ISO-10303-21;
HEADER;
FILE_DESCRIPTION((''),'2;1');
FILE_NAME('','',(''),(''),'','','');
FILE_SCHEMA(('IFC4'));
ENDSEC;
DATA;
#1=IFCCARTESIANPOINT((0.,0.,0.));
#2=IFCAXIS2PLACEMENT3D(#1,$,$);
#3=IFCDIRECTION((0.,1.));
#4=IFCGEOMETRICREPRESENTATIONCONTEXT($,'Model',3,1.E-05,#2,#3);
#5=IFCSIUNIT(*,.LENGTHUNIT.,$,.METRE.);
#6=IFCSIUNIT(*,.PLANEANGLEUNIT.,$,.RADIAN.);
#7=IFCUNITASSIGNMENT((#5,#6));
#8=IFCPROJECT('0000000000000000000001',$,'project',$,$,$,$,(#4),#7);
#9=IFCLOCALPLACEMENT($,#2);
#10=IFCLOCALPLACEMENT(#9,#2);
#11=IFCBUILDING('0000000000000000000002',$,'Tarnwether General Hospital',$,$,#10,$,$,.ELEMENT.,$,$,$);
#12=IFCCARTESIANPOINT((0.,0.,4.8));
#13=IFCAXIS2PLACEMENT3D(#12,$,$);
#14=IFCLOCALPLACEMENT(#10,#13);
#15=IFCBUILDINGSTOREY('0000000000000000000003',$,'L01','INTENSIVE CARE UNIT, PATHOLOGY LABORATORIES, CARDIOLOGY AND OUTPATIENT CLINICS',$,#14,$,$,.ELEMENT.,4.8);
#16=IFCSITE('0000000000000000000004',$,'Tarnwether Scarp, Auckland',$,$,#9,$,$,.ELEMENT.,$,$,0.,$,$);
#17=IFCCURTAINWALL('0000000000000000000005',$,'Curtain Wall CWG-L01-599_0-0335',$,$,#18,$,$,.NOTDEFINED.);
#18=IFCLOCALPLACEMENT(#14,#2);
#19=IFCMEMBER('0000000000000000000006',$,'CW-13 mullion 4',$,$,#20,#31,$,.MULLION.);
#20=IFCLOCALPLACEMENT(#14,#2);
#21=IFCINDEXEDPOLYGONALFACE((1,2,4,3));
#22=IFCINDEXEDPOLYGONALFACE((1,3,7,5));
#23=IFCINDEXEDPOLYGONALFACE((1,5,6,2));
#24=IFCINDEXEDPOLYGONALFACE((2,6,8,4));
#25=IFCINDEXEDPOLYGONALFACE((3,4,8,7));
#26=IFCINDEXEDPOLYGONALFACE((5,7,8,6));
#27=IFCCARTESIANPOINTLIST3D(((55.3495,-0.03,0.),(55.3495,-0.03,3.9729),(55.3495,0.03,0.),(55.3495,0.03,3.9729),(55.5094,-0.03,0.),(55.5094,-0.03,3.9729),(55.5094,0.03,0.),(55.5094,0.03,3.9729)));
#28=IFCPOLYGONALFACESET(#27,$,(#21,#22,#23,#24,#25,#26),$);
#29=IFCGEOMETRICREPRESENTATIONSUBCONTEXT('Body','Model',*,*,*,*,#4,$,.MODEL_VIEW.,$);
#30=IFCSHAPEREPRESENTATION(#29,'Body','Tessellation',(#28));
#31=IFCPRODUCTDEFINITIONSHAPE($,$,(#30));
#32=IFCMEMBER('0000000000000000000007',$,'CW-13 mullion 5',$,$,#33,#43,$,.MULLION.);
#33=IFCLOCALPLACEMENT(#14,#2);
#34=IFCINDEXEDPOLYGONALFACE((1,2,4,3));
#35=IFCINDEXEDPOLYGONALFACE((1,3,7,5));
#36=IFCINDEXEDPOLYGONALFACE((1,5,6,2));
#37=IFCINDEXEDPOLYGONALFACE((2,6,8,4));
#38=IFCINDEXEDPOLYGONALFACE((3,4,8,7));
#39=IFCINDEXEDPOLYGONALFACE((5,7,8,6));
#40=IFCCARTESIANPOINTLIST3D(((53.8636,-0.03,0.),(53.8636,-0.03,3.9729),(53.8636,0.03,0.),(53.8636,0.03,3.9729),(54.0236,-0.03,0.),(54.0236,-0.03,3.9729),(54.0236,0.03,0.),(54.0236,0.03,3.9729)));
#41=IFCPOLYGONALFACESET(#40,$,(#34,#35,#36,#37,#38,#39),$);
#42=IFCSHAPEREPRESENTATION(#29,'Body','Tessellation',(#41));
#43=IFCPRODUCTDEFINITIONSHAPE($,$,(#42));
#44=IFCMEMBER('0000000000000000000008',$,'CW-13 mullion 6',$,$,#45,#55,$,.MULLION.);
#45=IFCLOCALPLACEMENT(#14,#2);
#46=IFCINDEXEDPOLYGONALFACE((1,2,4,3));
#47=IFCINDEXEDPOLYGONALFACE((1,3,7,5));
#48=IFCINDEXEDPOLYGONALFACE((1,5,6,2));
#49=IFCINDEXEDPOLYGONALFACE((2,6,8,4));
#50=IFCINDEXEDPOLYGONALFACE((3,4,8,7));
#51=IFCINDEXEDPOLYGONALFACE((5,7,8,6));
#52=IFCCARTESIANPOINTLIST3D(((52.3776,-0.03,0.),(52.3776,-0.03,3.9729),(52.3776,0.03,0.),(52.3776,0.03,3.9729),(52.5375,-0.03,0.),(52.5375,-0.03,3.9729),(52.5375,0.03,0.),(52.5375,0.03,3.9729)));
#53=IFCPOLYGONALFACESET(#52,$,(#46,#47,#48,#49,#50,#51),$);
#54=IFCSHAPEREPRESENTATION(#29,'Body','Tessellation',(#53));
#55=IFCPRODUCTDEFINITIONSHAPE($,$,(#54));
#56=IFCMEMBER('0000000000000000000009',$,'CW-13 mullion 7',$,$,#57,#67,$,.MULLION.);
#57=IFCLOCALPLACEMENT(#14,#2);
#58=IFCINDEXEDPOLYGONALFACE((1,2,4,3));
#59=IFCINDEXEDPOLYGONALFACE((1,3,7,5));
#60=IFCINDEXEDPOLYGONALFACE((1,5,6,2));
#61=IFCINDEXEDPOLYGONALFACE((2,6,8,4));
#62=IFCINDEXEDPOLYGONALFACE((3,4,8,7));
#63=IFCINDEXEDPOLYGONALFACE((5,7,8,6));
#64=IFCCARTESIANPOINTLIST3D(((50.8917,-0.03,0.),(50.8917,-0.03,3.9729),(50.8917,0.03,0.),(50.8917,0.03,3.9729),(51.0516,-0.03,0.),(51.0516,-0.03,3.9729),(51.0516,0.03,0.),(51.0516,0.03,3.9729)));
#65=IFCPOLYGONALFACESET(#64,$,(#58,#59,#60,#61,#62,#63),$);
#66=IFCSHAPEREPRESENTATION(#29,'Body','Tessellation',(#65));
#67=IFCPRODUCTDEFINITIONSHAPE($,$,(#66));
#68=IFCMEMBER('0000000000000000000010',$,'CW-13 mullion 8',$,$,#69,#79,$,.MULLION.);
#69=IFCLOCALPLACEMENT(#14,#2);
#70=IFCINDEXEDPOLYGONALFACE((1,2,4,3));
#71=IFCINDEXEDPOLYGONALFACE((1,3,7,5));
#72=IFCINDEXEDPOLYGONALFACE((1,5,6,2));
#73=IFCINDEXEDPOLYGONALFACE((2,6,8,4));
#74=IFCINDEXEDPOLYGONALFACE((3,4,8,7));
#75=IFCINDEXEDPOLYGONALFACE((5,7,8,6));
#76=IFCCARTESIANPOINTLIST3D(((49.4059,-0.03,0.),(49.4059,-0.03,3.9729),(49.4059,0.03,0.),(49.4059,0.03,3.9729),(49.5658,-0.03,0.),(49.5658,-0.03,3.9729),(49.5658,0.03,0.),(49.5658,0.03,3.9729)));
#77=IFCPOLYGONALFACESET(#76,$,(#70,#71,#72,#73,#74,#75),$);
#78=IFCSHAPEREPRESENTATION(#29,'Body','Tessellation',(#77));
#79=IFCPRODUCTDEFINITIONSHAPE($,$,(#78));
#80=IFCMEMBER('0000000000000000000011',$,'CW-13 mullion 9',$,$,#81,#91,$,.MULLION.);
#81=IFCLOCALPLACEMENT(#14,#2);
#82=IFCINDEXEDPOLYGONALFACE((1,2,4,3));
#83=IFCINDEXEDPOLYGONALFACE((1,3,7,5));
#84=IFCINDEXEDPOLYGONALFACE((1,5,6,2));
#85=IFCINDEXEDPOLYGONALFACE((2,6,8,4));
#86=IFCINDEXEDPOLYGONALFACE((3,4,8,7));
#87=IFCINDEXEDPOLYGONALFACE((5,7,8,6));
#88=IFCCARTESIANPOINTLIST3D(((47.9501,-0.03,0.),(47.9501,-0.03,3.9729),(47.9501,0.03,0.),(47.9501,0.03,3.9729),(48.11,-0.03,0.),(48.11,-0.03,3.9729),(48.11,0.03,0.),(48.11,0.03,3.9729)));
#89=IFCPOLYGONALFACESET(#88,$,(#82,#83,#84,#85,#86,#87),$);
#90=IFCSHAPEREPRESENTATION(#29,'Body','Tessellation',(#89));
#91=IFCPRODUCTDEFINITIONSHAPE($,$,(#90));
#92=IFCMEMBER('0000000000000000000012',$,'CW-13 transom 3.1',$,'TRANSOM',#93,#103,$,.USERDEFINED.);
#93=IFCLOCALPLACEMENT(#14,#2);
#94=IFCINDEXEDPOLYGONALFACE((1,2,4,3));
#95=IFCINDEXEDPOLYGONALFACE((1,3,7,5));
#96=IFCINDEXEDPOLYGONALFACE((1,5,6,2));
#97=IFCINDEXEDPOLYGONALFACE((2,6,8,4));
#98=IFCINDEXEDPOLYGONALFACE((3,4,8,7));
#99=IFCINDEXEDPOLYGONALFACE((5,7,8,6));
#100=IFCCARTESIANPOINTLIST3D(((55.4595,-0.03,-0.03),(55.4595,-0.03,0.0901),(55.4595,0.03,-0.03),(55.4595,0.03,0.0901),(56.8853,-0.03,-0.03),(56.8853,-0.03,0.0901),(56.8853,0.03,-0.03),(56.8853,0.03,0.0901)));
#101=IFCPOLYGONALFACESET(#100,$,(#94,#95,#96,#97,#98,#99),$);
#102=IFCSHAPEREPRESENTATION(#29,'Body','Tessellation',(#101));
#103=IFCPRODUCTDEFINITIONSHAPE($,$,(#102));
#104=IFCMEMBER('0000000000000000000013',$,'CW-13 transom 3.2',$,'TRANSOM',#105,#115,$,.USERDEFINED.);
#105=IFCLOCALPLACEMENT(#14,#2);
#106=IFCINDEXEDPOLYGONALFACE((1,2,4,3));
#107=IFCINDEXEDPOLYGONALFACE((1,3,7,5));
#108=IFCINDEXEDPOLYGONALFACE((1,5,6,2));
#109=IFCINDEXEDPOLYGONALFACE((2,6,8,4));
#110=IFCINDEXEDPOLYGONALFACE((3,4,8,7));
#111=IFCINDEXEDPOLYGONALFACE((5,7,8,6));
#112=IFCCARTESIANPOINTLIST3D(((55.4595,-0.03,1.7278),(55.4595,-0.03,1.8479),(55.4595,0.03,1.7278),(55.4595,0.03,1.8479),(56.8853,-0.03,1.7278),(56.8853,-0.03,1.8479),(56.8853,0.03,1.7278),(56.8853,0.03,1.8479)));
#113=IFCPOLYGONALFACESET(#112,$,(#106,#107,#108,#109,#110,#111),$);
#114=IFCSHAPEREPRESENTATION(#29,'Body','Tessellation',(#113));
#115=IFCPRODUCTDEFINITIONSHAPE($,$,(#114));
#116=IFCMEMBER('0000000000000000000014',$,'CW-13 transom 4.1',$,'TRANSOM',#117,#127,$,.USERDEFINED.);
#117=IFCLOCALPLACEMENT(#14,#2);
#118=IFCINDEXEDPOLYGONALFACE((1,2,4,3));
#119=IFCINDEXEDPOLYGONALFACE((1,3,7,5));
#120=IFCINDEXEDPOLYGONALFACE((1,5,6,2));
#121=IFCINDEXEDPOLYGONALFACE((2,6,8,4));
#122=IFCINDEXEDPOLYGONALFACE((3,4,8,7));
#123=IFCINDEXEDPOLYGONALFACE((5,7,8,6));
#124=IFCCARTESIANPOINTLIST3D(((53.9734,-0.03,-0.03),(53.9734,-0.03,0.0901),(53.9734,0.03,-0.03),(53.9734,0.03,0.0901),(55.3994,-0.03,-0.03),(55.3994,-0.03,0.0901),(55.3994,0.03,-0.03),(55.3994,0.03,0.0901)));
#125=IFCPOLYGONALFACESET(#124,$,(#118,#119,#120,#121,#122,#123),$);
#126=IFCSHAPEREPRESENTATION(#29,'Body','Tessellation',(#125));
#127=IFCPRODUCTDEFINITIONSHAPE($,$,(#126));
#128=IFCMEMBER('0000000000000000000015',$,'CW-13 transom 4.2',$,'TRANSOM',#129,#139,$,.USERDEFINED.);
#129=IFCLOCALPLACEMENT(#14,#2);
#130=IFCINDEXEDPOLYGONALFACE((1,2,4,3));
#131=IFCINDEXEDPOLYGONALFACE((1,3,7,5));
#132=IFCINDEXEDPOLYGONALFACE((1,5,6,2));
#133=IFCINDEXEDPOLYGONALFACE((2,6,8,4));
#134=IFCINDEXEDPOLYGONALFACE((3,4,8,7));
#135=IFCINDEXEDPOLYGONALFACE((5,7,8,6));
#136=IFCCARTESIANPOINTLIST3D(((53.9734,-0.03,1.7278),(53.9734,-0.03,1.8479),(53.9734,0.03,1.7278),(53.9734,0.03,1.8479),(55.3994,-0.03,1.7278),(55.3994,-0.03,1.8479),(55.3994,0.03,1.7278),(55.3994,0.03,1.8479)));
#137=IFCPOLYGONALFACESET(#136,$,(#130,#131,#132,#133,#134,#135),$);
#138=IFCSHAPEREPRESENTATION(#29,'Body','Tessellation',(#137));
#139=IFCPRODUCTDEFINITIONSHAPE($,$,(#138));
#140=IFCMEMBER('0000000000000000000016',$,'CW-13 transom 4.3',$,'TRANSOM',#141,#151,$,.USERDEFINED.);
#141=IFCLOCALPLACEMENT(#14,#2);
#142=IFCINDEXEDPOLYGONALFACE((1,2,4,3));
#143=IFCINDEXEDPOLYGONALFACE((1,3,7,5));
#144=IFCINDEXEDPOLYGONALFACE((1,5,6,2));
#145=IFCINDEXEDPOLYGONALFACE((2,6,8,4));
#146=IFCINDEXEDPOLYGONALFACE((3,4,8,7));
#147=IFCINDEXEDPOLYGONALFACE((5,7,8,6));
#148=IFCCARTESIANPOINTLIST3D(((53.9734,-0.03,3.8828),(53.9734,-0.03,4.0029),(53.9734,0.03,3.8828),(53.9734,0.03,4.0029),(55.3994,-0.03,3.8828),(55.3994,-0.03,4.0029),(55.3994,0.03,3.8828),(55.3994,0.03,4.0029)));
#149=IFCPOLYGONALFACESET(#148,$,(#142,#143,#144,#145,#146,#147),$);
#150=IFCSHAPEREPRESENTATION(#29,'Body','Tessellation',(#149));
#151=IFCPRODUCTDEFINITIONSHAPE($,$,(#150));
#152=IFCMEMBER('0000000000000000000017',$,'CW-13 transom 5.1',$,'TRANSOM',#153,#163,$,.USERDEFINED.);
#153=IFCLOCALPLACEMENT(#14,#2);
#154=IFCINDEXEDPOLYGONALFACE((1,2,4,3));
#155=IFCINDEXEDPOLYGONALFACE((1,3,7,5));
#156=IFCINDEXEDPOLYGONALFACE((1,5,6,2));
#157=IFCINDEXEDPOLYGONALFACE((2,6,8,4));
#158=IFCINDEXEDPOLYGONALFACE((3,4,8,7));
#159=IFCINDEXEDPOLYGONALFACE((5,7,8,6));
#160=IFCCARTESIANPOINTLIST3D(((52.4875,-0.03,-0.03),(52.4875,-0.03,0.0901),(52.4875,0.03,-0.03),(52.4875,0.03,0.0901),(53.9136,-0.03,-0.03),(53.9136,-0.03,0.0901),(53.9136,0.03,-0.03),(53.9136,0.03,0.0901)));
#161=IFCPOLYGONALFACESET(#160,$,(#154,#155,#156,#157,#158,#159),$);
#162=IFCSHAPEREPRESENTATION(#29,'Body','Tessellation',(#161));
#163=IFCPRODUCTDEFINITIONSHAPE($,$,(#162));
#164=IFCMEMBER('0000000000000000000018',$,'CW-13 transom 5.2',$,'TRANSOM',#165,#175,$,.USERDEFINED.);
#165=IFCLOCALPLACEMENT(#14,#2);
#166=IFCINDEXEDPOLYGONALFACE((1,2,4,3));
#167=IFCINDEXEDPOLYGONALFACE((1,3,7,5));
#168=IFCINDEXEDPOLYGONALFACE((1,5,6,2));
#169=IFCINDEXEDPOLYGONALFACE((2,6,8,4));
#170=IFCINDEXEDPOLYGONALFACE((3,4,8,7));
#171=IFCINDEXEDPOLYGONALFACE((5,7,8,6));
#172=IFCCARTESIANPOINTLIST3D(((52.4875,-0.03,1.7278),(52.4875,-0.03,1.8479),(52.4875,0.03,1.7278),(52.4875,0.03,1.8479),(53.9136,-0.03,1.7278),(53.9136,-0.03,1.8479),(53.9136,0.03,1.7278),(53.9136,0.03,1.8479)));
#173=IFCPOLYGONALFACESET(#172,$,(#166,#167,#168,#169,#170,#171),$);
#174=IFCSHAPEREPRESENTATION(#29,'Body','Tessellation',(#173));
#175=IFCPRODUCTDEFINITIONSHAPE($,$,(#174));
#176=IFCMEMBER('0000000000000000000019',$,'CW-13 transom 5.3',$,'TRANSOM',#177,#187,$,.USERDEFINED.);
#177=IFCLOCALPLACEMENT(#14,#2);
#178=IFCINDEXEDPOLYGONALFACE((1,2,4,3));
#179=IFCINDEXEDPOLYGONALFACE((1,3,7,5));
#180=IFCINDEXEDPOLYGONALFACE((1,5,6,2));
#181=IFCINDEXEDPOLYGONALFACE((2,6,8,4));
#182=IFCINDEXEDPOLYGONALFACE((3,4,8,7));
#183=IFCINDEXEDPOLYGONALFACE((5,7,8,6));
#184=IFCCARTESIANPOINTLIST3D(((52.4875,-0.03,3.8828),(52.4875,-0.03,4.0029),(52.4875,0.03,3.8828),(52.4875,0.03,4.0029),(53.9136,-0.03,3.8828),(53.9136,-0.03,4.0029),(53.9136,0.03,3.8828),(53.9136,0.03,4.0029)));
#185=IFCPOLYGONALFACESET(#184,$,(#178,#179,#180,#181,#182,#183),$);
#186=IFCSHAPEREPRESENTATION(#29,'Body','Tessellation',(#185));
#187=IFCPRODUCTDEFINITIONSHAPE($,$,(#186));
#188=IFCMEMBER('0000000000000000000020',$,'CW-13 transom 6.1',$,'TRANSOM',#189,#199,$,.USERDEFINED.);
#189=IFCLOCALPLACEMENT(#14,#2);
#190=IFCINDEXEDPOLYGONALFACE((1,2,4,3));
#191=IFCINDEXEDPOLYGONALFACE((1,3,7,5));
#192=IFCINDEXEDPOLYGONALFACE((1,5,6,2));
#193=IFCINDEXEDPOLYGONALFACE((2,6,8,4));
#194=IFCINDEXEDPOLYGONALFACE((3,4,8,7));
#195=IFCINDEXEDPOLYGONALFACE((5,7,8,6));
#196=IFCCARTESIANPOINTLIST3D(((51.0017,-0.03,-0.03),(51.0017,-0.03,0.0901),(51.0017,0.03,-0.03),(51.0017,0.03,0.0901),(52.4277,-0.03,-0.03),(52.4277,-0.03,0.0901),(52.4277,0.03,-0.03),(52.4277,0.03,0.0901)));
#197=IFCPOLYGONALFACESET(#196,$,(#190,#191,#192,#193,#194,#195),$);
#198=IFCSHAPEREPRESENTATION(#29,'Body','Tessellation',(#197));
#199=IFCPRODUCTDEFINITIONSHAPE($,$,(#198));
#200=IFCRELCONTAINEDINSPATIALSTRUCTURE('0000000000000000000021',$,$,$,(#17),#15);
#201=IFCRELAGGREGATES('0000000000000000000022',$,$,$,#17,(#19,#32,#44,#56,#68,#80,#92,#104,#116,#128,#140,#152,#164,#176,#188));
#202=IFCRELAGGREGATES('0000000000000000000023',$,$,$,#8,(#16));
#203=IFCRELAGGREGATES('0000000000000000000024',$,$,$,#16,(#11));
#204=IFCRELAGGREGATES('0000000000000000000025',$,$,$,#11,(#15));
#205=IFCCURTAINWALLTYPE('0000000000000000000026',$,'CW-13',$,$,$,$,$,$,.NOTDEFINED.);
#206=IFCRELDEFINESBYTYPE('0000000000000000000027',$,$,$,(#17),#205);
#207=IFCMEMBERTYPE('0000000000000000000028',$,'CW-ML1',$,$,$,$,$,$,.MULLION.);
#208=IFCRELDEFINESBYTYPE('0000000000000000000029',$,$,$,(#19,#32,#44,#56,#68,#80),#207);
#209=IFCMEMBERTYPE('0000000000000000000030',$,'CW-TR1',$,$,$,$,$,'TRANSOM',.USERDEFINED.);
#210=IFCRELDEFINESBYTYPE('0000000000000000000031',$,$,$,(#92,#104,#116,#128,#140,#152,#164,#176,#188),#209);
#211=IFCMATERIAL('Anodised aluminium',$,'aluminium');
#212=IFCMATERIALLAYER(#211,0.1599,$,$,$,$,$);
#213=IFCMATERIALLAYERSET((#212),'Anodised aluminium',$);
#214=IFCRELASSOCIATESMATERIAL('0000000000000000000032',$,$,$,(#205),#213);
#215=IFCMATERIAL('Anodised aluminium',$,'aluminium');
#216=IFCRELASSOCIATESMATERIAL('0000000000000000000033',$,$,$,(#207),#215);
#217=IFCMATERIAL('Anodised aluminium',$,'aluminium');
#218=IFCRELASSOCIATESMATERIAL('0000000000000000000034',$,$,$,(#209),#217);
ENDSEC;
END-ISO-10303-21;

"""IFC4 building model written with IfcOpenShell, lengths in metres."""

from ifc_helpers import new_model, si_unit, direction, frame, origin, origin_2d, place, context, subcontext, project, spatial, rectangle, extrude, material, layer, layer_set, material_profile, profile_set, type_object, element, aggregate, save


model = new_model("IFC4")

# Units and contexts
model_context = context("Model", 3, precision=1e-05, world=origin(), true_north=direction((0.0, 1.0)))
body_context = subcontext(model_context, "Body", "Model", "MODEL_VIEW")
ifc_project = project(units=[si_unit("LENGTHUNIT", "METRE"), si_unit("PLANEANGLEUNIT", "RADIAN")], contexts=[model_context])

# Site, building, storey
site_placement = place(None, origin())
site = spatial("IfcSite", under=ifc_project, at=site_placement, Name="Tarnwether Scarp, Auckland", CompositionType="ELEMENT", RefElevation=0.0)
building_placement = place(site_placement, origin())
building = spatial("IfcBuilding", under=site, at=building_placement, Name="Tarnwether General Hospital", CompositionType="ELEMENT")
storey_placement = place(building_placement, frame((0.0, 0.0, 4.8)))
storey = spatial("IfcBuildingStorey", under=building, at=storey_placement, Name="L01", Description="INTENSIVE CARE UNIT, PATHOLOGY LABORATORIES, CARDIOLOGY AND OUTPATIENT CLINICS", CompositionType="ELEMENT", Elevation=4.8)

# Curtain wall, members
ifc_material_1 = material(Name="Anodised aluminium", Category="aluminium")
ifc_layer_1 = layer(ifc_material_1, 0.1599)
ifc_layer_set_1 = layer_set([ifc_layer_1], Name="Anodised aluminium")
curtain_wall_type = type_object("IfcCurtainWallType", Name="CW-13", PredefinedType="NOTDEFINED", material=ifc_layer_set_1)
curtain_wall_placement = place(storey_placement, origin())
curtain_wall = element("IfcCurtainWall", 1, at=curtain_wall_placement, inside=storey, type_object=curtain_wall_type, Name="Curtain Wall CWG-L01-599_0-0335", PredefinedType="NOTDEFINED")
ifc_material_2 = material(Name="Anodised aluminium", Category="aluminium")
ifc_material_profile_1 = material_profile(ifc_material_2, rectangle(XDim=0.0601, YDim=0.1599, at=origin_2d()), Name="ALU-MUL-60x160")
ifc_profile_set_1 = profile_set([ifc_material_profile_1], Name="Anodised aluminium")
member_type_1 = type_object("IfcMemberType", Name="CW-ML1", PredefinedType="MULLION", material=ifc_profile_set_1)
member_1_placement = place(storey_placement, frame((55.4294, 0.0, 0.0), z_axis=(0.0, 0.0, 1.0), x_axis=(0.0, -1.0, 0.0)))
member_1 = element("IfcMember", 2, at=member_1_placement, type_object=member_type_1, Name="CW-13 mullion 4", PredefinedType="MULLION", context=body_context, shape_type="SweptSolid", body=[
    extrude(rectangle(XDim=0.0601, YDim=0.1599, at=origin_2d()), origin(), (0.0, 0.0, 1.0), 3.9729),
])
member_2_placement = place(storey_placement, frame((53.9436, 0.0, 0.0), z_axis=(0.0, 0.0, 1.0), x_axis=(0.0, -1.0, 0.0)))
member_2 = element("IfcMember", 3, at=member_2_placement, type_object=member_type_1, Name="CW-13 mullion 5", PredefinedType="MULLION", context=body_context, shape_type="SweptSolid", body=[
    extrude(rectangle(XDim=0.0601, YDim=0.1599, at=origin_2d()), origin(), (0.0, 0.0, 1.0), 3.9729),
])
member_3_placement = place(storey_placement, frame((52.4575, 0.0, 0.0), z_axis=(0.0, 0.0, 1.0), x_axis=(0.0, -1.0, 0.0)))
member_3 = element("IfcMember", 4, at=member_3_placement, type_object=member_type_1, Name="CW-13 mullion 6", PredefinedType="MULLION", context=body_context, shape_type="SweptSolid", body=[
    extrude(rectangle(XDim=0.0601, YDim=0.1599, at=origin_2d()), origin(), (0.0, 0.0, 1.0), 3.9729),
])
member_4_placement = place(storey_placement, frame((50.9717, 0.0, 0.0), z_axis=(0.0, 0.0, 1.0), x_axis=(0.0, -1.0, 0.0)))
member_4 = element("IfcMember", 5, at=member_4_placement, type_object=member_type_1, Name="CW-13 mullion 7", PredefinedType="MULLION", context=body_context, shape_type="SweptSolid", body=[
    extrude(rectangle(XDim=0.0601, YDim=0.1599, at=origin_2d()), origin(), (0.0, 0.0, 1.0), 3.9729),
])
member_5_placement = place(storey_placement, frame((49.4858, 0.0, 0.0), z_axis=(0.0, 0.0, 1.0), x_axis=(0.0, -1.0, 0.0)))
member_5 = element("IfcMember", 6, at=member_5_placement, type_object=member_type_1, Name="CW-13 mullion 8", PredefinedType="MULLION", context=body_context, shape_type="SweptSolid", body=[
    extrude(rectangle(XDim=0.0601, YDim=0.1599, at=origin_2d()), origin(), (0.0, 0.0, 1.0), 3.9729),
])
member_6_placement = place(storey_placement, frame((48.03, 0.0, 0.0), z_axis=(0.0, 0.0, 1.0), x_axis=(0.0, -1.0, 0.0)))
member_6 = element("IfcMember", 7, at=member_6_placement, type_object=member_type_1, Name="CW-13 mullion 9", PredefinedType="MULLION", context=body_context, shape_type="SweptSolid", body=[
    extrude(rectangle(XDim=0.0601, YDim=0.1599, at=origin_2d()), origin(), (0.0, 0.0, 1.0), 3.9729),
])
ifc_material_3 = material(Name="Anodised aluminium", Category="aluminium")
ifc_material_profile_2 = material_profile(ifc_material_3, rectangle(XDim=0.0601, YDim=0.1201, at=origin_2d()), Name="ALU-TRN-60x120")
ifc_profile_set_2 = profile_set([ifc_material_profile_2], Name="Anodised aluminium")
member_type_2 = type_object("IfcMemberType", Name="CW-TR1", ElementType="TRANSOM", PredefinedType="USERDEFINED", material=ifc_profile_set_2)
member_7_placement = place(storey_placement, frame((56.8853, 0.0, 0.03), z_axis=(-1.0, 0.0, 0.0), x_axis=(0.0, -1.0, 0.0)))
member_7 = element("IfcMember", 8, at=member_7_placement, type_object=member_type_2, Name="CW-13 transom 3.1", ObjectType="TRANSOM", PredefinedType="USERDEFINED", context=body_context, shape_type="SweptSolid", body=[
    extrude(rectangle(XDim=0.0601, YDim=0.1201, at=origin_2d()), origin(), (0.0, 0.0, 1.0), 1.4258),
])
member_8_placement = place(storey_placement, frame((56.8853, 0.0, 1.7878), z_axis=(-1.0, 0.0, 0.0), x_axis=(0.0, -1.0, 0.0)))
member_8 = element("IfcMember", 9, at=member_8_placement, type_object=member_type_2, Name="CW-13 transom 3.2", ObjectType="TRANSOM", PredefinedType="USERDEFINED", context=body_context, shape_type="SweptSolid", body=[
    extrude(rectangle(XDim=0.0601, YDim=0.1201, at=origin_2d()), origin(), (0.0, 0.0, 1.0), 1.4258),
])
member_9_placement = place(storey_placement, frame((55.3994, 0.0, 0.03), z_axis=(-1.0, 0.0, 0.0), x_axis=(0.0, -1.0, 0.0)))
member_9 = element("IfcMember", 10, at=member_9_placement, type_object=member_type_2, Name="CW-13 transom 4.1", ObjectType="TRANSOM", PredefinedType="USERDEFINED", context=body_context, shape_type="SweptSolid", body=[
    extrude(rectangle(XDim=0.0601, YDim=0.1201, at=origin_2d()), origin(), (0.0, 0.0, 1.0), 1.426),
])
member_10_placement = place(storey_placement, frame((55.3994, 0.0, 1.7878), z_axis=(-1.0, 0.0, 0.0), x_axis=(0.0, -1.0, 0.0)))
member_10 = element("IfcMember", 11, at=member_10_placement, type_object=member_type_2, Name="CW-13 transom 4.2", ObjectType="TRANSOM", PredefinedType="USERDEFINED", context=body_context, shape_type="SweptSolid", body=[
    extrude(rectangle(XDim=0.0601, YDim=0.1201, at=origin_2d()), origin(), (0.0, 0.0, 1.0), 1.426),
])
member_11_placement = place(storey_placement, frame((55.3994, 0.0, 3.9429), z_axis=(-1.0, 0.0, 0.0), x_axis=(0.0, -1.0, 0.0)))
member_11 = element("IfcMember", 12, at=member_11_placement, type_object=member_type_2, Name="CW-13 transom 4.3", ObjectType="TRANSOM", PredefinedType="USERDEFINED", context=body_context, shape_type="SweptSolid", body=[
    extrude(rectangle(XDim=0.0601, YDim=0.1201, at=origin_2d()), origin(), (0.0, 0.0, 1.0), 1.426),
])
member_12_placement = place(storey_placement, frame((53.9136, 0.0, 0.03), z_axis=(-1.0, 0.0, 0.0), x_axis=(0.0, -1.0, 0.0)))
member_12 = element("IfcMember", 13, at=member_12_placement, type_object=member_type_2, Name="CW-13 transom 5.1", ObjectType="TRANSOM", PredefinedType="USERDEFINED", context=body_context, shape_type="SweptSolid", body=[
    extrude(rectangle(XDim=0.0601, YDim=0.1201, at=origin_2d()), origin(), (0.0, 0.0, 1.0), 1.426),
])
member_13_placement = place(storey_placement, frame((53.9136, 0.0, 1.7878), z_axis=(-1.0, 0.0, 0.0), x_axis=(0.0, -1.0, 0.0)))
member_13 = element("IfcMember", 14, at=member_13_placement, type_object=member_type_2, Name="CW-13 transom 5.2", ObjectType="TRANSOM", PredefinedType="USERDEFINED", context=body_context, shape_type="SweptSolid", body=[
    extrude(rectangle(XDim=0.0601, YDim=0.1201, at=origin_2d()), origin(), (0.0, 0.0, 1.0), 1.426),
])
member_14_placement = place(storey_placement, frame((53.9136, 0.0, 3.9429), z_axis=(-1.0, 0.0, 0.0), x_axis=(0.0, -1.0, 0.0)))
member_14 = element("IfcMember", 15, at=member_14_placement, type_object=member_type_2, Name="CW-13 transom 5.3", ObjectType="TRANSOM", PredefinedType="USERDEFINED", context=body_context, shape_type="SweptSolid", body=[
    extrude(rectangle(XDim=0.0601, YDim=0.1201, at=origin_2d()), origin(), (0.0, 0.0, 1.0), 1.426),
])
member_15_placement = place(storey_placement, frame((52.4277, 0.0, 0.03), z_axis=(-1.0, 0.0, 0.0), x_axis=(0.0, -1.0, 0.0)))
member_15 = element("IfcMember", 16, at=member_15_placement, type_object=member_type_2, Name="CW-13 transom 6.1", ObjectType="TRANSOM", PredefinedType="USERDEFINED", context=body_context, shape_type="SweptSolid", body=[
    extrude(rectangle(XDim=0.0601, YDim=0.1201, at=origin_2d()), origin(), (0.0, 0.0, 1.0), 1.426),
])

aggregate(curtain_wall, [member_1, member_2, member_3, member_4, member_5, member_6, member_7, member_8, member_9, member_10, member_11, member_12, member_13, member_14, member_15])

save(model, "model.ifc")
